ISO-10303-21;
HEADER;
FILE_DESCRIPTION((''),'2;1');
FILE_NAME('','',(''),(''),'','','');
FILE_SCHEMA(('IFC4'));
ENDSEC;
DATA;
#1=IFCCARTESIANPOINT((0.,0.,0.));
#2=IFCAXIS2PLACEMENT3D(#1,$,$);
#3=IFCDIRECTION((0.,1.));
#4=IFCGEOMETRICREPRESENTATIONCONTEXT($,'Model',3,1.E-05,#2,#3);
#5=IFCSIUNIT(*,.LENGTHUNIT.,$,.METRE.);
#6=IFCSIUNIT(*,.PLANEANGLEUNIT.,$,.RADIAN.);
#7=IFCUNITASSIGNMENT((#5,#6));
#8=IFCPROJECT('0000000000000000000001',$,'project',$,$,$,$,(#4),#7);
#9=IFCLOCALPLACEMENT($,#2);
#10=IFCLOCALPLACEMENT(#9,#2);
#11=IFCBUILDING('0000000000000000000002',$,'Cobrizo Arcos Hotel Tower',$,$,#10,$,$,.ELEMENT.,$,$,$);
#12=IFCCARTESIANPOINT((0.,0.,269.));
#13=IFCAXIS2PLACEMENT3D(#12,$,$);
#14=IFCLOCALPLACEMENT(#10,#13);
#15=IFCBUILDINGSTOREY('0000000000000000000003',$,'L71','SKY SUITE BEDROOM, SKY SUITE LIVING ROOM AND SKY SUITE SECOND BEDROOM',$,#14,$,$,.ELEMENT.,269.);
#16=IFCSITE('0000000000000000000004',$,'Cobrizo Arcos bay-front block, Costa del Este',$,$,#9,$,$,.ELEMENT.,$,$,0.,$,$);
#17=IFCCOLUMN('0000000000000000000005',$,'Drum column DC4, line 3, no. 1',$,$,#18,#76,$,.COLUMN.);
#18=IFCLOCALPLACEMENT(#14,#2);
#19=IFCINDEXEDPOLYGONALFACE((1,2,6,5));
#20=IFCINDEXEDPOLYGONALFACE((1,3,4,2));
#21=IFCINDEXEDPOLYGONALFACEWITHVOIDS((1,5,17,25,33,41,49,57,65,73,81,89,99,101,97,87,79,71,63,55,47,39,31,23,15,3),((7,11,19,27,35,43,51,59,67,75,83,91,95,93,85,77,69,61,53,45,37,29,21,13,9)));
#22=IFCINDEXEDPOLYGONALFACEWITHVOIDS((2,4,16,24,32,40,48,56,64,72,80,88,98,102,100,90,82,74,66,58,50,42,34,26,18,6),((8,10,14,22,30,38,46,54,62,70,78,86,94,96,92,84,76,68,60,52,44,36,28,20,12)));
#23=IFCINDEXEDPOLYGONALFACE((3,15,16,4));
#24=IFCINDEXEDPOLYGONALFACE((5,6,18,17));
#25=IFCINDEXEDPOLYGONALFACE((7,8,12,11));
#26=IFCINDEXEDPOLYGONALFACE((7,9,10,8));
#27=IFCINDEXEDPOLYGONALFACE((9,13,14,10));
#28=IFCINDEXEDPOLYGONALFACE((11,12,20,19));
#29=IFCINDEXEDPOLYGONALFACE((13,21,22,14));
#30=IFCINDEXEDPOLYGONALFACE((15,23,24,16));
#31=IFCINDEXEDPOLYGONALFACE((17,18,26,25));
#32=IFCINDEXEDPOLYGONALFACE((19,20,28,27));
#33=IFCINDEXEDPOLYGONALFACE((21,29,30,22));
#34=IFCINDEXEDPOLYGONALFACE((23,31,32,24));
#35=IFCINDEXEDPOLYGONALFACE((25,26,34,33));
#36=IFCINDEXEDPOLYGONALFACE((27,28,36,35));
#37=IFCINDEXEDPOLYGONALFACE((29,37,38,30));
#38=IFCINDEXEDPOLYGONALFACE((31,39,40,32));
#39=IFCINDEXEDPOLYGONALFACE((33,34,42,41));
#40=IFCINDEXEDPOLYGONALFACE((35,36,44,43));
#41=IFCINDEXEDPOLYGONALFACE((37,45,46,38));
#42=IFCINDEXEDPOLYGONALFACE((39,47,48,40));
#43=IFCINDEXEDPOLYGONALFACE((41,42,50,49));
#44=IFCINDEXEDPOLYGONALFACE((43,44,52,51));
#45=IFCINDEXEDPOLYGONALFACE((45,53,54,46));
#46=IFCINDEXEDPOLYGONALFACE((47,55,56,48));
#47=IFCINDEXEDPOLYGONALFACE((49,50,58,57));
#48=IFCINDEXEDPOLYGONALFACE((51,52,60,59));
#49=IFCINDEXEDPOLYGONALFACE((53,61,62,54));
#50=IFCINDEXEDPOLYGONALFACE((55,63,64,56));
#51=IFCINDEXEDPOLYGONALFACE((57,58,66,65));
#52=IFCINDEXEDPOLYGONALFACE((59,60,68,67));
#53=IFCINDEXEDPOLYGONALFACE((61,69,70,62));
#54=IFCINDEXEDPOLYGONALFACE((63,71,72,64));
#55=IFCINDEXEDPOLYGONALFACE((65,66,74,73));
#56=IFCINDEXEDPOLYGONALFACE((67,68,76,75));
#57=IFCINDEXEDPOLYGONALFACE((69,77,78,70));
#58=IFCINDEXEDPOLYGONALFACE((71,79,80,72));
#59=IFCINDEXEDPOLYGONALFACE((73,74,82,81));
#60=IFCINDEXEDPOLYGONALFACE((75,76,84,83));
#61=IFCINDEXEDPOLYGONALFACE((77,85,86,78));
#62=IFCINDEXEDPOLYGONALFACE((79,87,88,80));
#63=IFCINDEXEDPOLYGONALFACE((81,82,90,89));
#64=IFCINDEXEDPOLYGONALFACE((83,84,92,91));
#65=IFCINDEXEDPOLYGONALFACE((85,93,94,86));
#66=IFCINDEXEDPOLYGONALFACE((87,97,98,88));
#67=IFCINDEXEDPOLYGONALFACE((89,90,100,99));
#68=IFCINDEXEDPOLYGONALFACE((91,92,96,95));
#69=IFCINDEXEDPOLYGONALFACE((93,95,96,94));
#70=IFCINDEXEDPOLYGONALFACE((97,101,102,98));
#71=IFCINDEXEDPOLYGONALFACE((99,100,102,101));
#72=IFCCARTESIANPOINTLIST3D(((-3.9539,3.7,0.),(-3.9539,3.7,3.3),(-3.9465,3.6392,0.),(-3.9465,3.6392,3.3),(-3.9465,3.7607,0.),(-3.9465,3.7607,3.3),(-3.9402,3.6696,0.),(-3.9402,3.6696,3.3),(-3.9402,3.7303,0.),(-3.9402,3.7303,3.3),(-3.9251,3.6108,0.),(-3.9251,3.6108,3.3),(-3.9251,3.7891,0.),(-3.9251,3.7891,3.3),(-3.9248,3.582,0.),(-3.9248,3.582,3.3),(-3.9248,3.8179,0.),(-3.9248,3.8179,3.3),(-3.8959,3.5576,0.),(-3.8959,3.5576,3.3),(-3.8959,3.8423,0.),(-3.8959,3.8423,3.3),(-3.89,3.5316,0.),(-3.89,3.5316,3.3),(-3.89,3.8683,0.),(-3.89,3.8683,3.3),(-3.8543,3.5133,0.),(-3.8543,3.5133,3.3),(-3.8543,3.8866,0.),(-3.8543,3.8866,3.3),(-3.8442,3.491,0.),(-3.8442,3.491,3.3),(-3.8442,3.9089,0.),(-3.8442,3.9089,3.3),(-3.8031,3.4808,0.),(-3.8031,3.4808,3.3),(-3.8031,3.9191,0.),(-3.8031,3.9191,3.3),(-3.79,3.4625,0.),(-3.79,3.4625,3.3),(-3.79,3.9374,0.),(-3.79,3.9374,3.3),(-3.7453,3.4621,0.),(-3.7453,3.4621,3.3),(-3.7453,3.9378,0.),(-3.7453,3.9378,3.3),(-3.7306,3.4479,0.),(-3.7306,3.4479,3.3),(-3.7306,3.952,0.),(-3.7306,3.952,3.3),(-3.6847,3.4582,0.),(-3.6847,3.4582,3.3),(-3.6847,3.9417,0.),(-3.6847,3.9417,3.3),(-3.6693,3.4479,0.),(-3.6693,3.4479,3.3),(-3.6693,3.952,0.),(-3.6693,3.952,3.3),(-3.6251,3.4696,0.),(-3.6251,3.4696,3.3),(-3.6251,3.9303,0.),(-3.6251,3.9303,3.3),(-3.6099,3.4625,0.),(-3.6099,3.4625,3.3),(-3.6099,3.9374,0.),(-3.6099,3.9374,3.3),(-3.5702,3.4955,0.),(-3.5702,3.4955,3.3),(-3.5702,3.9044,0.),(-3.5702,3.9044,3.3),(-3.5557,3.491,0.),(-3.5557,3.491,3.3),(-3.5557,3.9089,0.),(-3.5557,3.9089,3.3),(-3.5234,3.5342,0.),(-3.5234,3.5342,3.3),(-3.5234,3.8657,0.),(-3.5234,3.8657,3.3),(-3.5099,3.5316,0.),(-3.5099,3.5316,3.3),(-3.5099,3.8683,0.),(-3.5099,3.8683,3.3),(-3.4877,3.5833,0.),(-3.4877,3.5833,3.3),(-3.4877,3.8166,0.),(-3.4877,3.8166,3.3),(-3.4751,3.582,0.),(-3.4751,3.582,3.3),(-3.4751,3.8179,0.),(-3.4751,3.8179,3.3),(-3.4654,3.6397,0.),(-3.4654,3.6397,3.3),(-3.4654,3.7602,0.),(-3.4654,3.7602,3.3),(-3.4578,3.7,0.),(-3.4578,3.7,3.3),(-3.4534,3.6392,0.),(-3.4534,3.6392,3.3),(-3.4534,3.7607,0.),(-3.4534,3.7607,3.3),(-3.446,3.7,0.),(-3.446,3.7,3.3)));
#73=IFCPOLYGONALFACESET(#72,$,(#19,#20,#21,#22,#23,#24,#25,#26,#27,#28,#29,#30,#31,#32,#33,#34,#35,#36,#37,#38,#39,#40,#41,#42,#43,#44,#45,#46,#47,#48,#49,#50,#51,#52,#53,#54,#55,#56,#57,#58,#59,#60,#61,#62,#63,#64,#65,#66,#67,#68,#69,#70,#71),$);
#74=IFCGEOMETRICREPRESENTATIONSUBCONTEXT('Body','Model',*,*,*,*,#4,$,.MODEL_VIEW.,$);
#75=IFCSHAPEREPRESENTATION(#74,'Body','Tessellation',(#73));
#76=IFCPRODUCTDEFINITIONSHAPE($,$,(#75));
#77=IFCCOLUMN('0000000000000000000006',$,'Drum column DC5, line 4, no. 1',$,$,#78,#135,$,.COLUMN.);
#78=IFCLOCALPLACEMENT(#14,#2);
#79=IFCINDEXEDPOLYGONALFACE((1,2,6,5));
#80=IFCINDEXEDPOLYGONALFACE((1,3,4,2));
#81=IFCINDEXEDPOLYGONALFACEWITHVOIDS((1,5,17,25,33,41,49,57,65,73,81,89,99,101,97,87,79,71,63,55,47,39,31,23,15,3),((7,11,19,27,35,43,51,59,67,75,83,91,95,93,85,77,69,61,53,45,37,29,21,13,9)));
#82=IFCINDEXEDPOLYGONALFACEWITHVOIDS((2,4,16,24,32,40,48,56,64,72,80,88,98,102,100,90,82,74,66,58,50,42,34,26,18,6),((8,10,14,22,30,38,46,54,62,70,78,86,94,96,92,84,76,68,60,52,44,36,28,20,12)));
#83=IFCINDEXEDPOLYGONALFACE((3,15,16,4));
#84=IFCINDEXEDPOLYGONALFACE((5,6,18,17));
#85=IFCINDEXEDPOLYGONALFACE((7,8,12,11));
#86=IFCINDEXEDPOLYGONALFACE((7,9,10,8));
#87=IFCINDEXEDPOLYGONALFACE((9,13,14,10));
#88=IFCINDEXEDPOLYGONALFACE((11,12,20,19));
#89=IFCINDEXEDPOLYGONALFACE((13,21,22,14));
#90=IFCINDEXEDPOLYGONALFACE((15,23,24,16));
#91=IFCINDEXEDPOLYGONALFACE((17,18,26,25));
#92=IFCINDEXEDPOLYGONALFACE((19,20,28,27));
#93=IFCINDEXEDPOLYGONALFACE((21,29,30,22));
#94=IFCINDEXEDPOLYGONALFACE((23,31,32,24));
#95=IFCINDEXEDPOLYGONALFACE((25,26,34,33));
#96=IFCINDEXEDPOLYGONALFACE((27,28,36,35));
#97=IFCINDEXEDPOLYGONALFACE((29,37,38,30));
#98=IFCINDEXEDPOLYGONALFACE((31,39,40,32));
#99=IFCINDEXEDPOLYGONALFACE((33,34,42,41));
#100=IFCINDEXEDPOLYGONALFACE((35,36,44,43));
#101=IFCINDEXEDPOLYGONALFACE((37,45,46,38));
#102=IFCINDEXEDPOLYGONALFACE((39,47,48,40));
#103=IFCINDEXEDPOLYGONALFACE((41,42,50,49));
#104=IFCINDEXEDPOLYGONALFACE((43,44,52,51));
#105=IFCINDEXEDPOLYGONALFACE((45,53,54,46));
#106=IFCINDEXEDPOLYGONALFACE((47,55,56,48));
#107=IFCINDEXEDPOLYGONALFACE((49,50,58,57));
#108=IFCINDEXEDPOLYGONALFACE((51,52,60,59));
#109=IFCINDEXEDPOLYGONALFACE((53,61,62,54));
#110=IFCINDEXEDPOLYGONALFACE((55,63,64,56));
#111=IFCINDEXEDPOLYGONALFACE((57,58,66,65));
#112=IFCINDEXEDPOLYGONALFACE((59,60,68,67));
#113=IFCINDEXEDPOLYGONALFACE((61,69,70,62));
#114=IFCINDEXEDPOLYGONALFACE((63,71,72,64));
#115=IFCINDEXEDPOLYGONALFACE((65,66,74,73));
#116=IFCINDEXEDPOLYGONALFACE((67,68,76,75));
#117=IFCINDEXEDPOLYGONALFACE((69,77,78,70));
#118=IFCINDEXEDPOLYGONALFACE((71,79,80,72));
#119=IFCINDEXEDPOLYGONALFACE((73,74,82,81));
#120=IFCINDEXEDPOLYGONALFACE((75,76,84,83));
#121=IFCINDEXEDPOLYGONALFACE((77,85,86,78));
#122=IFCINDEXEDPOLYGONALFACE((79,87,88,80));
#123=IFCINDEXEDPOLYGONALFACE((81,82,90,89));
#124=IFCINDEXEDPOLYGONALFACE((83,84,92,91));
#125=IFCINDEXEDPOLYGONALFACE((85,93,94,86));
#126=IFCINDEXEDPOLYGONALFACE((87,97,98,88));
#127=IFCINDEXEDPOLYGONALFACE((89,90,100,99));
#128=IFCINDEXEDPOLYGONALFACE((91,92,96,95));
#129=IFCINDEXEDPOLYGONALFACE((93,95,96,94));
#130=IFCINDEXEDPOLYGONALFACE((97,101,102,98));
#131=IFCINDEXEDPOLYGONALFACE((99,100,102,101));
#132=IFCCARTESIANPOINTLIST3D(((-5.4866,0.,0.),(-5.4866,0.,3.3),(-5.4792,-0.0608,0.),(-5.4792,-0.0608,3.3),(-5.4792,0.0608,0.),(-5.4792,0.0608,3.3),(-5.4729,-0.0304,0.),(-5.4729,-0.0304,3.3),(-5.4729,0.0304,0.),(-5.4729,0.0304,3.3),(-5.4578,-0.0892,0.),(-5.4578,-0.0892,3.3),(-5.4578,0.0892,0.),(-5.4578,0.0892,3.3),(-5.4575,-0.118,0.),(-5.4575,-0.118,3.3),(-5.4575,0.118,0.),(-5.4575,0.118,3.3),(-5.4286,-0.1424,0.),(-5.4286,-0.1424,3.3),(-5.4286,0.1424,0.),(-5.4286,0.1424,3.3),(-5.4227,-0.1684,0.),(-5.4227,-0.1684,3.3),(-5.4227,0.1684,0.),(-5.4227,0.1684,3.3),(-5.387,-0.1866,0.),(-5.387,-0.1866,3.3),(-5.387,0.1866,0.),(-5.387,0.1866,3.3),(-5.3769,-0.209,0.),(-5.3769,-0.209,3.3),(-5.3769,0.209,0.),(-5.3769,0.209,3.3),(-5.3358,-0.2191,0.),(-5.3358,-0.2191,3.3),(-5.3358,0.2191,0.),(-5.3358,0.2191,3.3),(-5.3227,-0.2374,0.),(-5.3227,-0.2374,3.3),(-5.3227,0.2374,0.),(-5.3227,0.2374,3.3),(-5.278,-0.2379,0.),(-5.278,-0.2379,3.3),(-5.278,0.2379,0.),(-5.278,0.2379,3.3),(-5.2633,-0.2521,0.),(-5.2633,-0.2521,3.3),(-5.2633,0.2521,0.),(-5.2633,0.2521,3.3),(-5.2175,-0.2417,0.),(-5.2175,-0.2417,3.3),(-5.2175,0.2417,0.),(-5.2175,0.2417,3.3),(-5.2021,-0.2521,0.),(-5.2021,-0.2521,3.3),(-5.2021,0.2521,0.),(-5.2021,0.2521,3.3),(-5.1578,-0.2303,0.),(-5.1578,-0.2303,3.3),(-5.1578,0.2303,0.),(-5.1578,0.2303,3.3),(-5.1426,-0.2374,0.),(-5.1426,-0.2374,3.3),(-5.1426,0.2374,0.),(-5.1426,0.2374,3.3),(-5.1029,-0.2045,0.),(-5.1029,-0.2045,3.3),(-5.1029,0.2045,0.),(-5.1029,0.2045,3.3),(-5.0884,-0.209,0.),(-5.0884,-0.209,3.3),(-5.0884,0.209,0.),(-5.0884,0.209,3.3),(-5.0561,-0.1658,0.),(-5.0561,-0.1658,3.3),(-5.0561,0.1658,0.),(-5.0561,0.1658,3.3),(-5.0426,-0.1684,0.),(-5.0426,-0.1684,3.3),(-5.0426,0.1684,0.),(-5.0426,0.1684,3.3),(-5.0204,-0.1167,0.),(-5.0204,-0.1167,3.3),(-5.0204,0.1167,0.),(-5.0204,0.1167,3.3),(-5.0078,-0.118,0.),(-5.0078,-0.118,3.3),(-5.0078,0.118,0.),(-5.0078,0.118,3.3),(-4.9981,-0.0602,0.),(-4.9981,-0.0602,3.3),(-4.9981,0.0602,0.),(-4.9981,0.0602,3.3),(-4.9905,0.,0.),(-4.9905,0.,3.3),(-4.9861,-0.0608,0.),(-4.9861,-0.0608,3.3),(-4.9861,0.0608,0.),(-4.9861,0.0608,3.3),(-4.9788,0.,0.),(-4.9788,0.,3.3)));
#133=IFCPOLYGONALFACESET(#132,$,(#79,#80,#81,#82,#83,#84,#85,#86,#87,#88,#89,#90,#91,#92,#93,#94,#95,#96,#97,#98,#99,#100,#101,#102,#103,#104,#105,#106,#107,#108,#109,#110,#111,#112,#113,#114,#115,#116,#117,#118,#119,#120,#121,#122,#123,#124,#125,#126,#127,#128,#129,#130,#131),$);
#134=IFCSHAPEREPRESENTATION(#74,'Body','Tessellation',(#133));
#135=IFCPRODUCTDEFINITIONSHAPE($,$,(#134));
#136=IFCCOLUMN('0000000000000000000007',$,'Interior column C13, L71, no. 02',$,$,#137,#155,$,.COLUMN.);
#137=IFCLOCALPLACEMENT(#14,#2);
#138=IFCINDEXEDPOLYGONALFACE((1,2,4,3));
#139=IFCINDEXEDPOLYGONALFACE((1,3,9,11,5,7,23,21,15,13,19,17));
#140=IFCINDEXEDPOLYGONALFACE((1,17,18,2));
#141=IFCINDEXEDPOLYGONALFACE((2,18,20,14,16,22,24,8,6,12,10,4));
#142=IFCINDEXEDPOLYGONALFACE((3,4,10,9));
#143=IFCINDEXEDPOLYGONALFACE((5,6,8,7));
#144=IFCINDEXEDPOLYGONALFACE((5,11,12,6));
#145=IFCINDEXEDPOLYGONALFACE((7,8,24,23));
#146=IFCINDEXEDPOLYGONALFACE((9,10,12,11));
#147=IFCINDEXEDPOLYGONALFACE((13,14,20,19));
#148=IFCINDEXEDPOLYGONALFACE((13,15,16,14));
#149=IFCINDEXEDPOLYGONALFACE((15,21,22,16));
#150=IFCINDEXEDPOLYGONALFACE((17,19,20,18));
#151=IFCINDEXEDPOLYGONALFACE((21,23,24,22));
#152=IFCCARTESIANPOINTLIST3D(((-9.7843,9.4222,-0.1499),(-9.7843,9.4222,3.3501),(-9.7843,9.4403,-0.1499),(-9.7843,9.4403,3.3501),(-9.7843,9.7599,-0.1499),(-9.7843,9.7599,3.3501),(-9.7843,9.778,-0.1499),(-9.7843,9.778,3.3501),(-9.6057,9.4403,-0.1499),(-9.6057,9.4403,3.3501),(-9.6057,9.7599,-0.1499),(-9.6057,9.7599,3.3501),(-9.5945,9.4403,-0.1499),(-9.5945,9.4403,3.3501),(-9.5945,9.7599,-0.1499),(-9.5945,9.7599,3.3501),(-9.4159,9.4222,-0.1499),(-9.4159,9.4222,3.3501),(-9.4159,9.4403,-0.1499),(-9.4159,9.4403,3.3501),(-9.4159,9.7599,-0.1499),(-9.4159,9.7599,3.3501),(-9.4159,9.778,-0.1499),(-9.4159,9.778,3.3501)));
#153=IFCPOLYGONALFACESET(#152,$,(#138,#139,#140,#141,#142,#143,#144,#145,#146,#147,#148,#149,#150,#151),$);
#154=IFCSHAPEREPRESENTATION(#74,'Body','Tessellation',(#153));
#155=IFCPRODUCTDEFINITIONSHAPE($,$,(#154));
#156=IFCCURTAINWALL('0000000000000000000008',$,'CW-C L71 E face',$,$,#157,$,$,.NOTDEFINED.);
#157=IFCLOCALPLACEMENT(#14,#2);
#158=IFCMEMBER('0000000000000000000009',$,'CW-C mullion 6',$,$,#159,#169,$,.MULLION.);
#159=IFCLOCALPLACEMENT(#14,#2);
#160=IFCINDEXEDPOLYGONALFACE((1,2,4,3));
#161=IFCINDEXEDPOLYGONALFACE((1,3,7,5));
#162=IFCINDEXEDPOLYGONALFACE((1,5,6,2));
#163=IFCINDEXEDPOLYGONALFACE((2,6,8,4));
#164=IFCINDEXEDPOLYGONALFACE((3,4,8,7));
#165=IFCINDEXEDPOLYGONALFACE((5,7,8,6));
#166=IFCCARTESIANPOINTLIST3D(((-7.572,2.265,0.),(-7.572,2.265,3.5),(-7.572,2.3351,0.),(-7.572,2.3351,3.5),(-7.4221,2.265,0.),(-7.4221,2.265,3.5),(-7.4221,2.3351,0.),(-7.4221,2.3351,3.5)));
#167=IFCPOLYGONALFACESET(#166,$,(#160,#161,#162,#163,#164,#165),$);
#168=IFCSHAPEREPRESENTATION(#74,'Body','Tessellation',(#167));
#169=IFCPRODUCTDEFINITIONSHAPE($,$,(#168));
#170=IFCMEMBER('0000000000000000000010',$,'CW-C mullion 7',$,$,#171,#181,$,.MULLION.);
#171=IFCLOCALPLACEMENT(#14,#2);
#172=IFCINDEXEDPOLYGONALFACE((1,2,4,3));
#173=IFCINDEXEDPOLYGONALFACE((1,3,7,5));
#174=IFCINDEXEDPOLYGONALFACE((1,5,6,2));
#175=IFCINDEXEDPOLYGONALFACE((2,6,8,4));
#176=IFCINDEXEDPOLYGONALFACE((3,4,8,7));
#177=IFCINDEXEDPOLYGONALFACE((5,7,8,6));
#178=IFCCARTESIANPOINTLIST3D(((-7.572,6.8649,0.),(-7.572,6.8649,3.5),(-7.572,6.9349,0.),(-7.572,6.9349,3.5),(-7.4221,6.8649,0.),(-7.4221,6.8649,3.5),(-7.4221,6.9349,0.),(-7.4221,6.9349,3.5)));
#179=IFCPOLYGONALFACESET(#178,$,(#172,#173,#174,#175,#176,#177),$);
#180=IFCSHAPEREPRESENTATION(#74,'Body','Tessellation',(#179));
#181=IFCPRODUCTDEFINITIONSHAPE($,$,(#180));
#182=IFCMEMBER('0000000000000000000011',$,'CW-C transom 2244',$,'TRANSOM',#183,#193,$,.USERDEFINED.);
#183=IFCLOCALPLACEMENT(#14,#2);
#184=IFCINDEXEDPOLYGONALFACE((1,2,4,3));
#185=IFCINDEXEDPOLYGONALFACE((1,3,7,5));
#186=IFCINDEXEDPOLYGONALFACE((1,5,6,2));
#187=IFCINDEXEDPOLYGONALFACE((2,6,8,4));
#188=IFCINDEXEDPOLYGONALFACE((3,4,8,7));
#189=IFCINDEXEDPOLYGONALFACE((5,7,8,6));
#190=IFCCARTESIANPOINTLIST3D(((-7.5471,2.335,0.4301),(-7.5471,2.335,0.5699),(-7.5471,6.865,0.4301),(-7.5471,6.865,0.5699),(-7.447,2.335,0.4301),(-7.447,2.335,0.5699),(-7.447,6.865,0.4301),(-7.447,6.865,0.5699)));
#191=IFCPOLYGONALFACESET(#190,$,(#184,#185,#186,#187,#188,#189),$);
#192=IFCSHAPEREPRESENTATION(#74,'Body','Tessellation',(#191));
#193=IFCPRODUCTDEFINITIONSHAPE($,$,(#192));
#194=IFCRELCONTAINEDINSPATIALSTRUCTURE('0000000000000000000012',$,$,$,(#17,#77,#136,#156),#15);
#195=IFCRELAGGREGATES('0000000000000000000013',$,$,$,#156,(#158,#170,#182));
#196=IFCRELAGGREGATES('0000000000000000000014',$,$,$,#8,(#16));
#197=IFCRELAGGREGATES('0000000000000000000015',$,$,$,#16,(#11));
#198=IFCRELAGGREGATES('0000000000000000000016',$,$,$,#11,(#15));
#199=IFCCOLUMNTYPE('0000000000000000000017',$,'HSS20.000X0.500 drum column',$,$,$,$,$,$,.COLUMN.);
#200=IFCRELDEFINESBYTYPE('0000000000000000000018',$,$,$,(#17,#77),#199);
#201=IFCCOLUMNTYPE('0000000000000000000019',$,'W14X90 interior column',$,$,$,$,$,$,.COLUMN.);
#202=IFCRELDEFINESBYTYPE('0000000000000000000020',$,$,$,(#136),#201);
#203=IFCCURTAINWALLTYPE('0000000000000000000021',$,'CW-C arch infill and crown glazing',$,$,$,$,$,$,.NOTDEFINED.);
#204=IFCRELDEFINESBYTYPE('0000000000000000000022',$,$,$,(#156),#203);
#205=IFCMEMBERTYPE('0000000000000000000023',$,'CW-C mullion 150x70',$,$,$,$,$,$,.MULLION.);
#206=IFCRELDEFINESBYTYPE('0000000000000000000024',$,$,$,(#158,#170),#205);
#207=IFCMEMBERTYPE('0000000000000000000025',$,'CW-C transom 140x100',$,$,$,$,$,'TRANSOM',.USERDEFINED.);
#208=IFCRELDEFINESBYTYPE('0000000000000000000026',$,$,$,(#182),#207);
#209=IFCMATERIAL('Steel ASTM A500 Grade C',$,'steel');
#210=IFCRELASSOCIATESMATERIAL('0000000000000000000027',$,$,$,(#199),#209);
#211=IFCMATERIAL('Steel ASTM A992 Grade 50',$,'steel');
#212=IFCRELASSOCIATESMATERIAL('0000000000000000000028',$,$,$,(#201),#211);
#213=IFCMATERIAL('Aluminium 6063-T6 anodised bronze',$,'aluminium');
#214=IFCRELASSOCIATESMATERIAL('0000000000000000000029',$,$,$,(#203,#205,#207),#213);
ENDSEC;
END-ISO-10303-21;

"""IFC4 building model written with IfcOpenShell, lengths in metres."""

from ifc_helpers import new_model, si_unit, direction, frame, origin, origin_2d, place, context, subcontext, project, spatial, rectangle, hollow_circle, i_section, extrude, material, material_profile, profile_set, type_object, element, aggregate, save


model = new_model("IFC4")

# Units and contexts
model_context = context("Model", 3, precision=1e-05, world=origin(), true_north=direction((0.0, 1.0)))
body_context = subcontext(model_context, "Body", "Model", "MODEL_VIEW")
ifc_project = project(units=[si_unit("LENGTHUNIT", "METRE"), si_unit("PLANEANGLEUNIT", "RADIAN")], contexts=[model_context])

# Site, building, storey
site_placement = place(None, origin())
site = spatial("IfcSite", under=ifc_project, at=site_placement, Name="Cobrizo Arcos bay-front block, Costa del Este", CompositionType="ELEMENT", RefElevation=0.0)
building_placement = place(site_placement, origin())
building = spatial("IfcBuilding", under=site, at=building_placement, Name="Cobrizo Arcos Hotel Tower", CompositionType="ELEMENT")
storey_placement = place(building_placement, frame((0.0, 0.0, 269.0)))
storey = spatial("IfcBuildingStorey", under=building, at=storey_placement, Name="L71", Description="SKY SUITE BEDROOM, SKY SUITE LIVING ROOM AND SKY SUITE SECOND BEDROOM", CompositionType="ELEMENT", Elevation=269.0)

# Columns
ifc_material_1 = material(Name="Steel ASTM A500 Grade C", Category="steel")
ifc_material_profile_1 = material_profile(ifc_material_1, hollow_circle(Radius=0.2539, WallThickness=0.0117, at=origin_2d()), Name="HSS20.000X0.500")
ifc_profile_set_1 = profile_set([ifc_material_profile_1], Name="Steel ASTM A500 Grade C")
column_type_1 = type_object("IfcColumnType", Name="HSS20.000X0.500 drum column", PredefinedType="COLUMN", material=ifc_profile_set_1)
for number, where, z_axis, x_axis, name in (
    (1, (-3.7, 3.7, 0.0), (0.0, 0.0, 1.0), (1.0, 0.0, 0.0), "Drum column DC4, line 3, no. 1"),
    (2, (-5.2327, 0.0, 0.0), (0.0, 0.0, 1.0), (1.0, 0.0, 0.0), "Drum column DC5, line 4, no. 1"),
):
    element("IfcColumn", number, at=place(storey_placement, frame(where, z_axis=z_axis, x_axis=x_axis)), inside=storey, type_object=column_type_1, Name=name, PredefinedType="COLUMN", context=body_context, shape_type="SweptSolid", body=[
        extrude(hollow_circle(Radius=0.2539, WallThickness=0.0117, at=origin_2d()), origin(), (0.0, 0.0, 1.0), 3.3),
    ])
ifc_material_2 = material(Name="Steel ASTM A992 Grade 50", Category="steel")
ifc_material_profile_2 = material_profile(ifc_material_2, i_section(OverallWidth=0.3684, OverallDepth=0.3557, WebThickness=0.0112, FlangeThickness=0.0181, at=origin_2d()), Name="W14X90")
ifc_profile_set_2 = profile_set([ifc_material_profile_2], Name="Steel ASTM A992 Grade 50")
column_type_2 = type_object("IfcColumnType", Name="W14X90 interior column", PredefinedType="COLUMN", material=ifc_profile_set_2)
column_placement = place(storey_placement, frame((-9.6001, 9.6001, -0.1499), z_axis=(0.0, 0.0, 1.0), x_axis=(1.0, 0.0, 0.0)))
element("IfcColumn", 3, at=column_placement, inside=storey, type_object=column_type_2, Name="Interior column C13, L71, no. 02", PredefinedType="COLUMN", context=body_context, shape_type="SweptSolid", body=[
    extrude(i_section(OverallWidth=0.3684, OverallDepth=0.3557, WebThickness=0.0112, FlangeThickness=0.0181, at=origin_2d()), origin(), (0.0, 0.0, 1.0), 3.5),
])

# Curtain wall, members
ifc_material_3 = material(Name="Aluminium 6063-T6 anodised bronze", Category="aluminium")
curtain_wall_type = type_object("IfcCurtainWallType", Name="CW-C arch infill and crown glazing", PredefinedType="NOTDEFINED", material=ifc_material_3)
curtain_wall_placement = place(storey_placement, origin())
curtain_wall = element("IfcCurtainWall", 4, at=curtain_wall_placement, inside=storey, type_object=curtain_wall_type, Name="CW-C L71 E face", PredefinedType="NOTDEFINED")
ifc_material_profile_3 = material_profile(ifc_material_3, rectangle(XDim=0.1499, YDim=0.0701, at=origin_2d()), Name="CW-C mullion 150x70")
ifc_profile_set_3 = profile_set([ifc_material_profile_3], Name="Aluminium 6063-T6 anodised bronze")
member_type_1 = type_object("IfcMemberType", Name="CW-C mullion 150x70", PredefinedType="MULLION", material=ifc_profile_set_3)
member_1_placement = place(storey_placement, frame((-7.4971, 2.3, 0.0), z_axis=(0.0, 0.0, 1.0), x_axis=(1.0, 0.0, 0.0)))
member_1 = element("IfcMember", 5, at=member_1_placement, type_object=member_type_1, Name="CW-C mullion 6", PredefinedType="MULLION", context=body_context, shape_type="SweptSolid", body=[
    extrude(rectangle(XDim=0.1499, YDim=0.0701, at=origin_2d()), origin(), (0.0, 0.0, 1.0), 3.5),
])
member_2_placement = place(storey_placement, frame((-7.4971, 6.8999, 0.0), z_axis=(0.0, 0.0, 1.0), x_axis=(1.0, 0.0, 0.0)))
member_2 = element("IfcMember", 6, at=member_2_placement, type_object=member_type_1, Name="CW-C mullion 7", PredefinedType="MULLION", context=body_context, shape_type="SweptSolid", body=[
    extrude(rectangle(XDim=0.1499, YDim=0.0701, at=origin_2d()), origin(), (0.0, 0.0, 1.0), 3.5),
])
ifc_material_profile_4 = material_profile(ifc_material_3, rectangle(XDim=0.1001, YDim=0.1399, at=origin_2d()), Name="CW-C transom 140x100")
ifc_profile_set_4 = profile_set([ifc_material_profile_4], Name="Aluminium 6063-T6 anodised bronze")
member_type_2 = type_object("IfcMemberType", Name="CW-C transom 140x100", ElementType="TRANSOM", PredefinedType="USERDEFINED", material=ifc_profile_set_4)
member_3_placement = place(storey_placement, frame((-7.4971, 2.335, 0.5), z_axis=(0.0, 1.0, 0.0), x_axis=(-1.0, 0.0, 0.0)))
member_3 = element("IfcMember", 7, at=member_3_placement, type_object=member_type_2, Name="CW-C transom 2244", ObjectType="TRANSOM", PredefinedType="USERDEFINED", context=body_context, shape_type="SweptSolid", body=[
    extrude(rectangle(XDim=0.1001, YDim=0.1399, at=origin_2d()), origin(), (0.0, 0.0, 1.0), 4.53),
])

aggregate(curtain_wall, [member_1, member_2, member_3])

save(model, "model.ifc")
